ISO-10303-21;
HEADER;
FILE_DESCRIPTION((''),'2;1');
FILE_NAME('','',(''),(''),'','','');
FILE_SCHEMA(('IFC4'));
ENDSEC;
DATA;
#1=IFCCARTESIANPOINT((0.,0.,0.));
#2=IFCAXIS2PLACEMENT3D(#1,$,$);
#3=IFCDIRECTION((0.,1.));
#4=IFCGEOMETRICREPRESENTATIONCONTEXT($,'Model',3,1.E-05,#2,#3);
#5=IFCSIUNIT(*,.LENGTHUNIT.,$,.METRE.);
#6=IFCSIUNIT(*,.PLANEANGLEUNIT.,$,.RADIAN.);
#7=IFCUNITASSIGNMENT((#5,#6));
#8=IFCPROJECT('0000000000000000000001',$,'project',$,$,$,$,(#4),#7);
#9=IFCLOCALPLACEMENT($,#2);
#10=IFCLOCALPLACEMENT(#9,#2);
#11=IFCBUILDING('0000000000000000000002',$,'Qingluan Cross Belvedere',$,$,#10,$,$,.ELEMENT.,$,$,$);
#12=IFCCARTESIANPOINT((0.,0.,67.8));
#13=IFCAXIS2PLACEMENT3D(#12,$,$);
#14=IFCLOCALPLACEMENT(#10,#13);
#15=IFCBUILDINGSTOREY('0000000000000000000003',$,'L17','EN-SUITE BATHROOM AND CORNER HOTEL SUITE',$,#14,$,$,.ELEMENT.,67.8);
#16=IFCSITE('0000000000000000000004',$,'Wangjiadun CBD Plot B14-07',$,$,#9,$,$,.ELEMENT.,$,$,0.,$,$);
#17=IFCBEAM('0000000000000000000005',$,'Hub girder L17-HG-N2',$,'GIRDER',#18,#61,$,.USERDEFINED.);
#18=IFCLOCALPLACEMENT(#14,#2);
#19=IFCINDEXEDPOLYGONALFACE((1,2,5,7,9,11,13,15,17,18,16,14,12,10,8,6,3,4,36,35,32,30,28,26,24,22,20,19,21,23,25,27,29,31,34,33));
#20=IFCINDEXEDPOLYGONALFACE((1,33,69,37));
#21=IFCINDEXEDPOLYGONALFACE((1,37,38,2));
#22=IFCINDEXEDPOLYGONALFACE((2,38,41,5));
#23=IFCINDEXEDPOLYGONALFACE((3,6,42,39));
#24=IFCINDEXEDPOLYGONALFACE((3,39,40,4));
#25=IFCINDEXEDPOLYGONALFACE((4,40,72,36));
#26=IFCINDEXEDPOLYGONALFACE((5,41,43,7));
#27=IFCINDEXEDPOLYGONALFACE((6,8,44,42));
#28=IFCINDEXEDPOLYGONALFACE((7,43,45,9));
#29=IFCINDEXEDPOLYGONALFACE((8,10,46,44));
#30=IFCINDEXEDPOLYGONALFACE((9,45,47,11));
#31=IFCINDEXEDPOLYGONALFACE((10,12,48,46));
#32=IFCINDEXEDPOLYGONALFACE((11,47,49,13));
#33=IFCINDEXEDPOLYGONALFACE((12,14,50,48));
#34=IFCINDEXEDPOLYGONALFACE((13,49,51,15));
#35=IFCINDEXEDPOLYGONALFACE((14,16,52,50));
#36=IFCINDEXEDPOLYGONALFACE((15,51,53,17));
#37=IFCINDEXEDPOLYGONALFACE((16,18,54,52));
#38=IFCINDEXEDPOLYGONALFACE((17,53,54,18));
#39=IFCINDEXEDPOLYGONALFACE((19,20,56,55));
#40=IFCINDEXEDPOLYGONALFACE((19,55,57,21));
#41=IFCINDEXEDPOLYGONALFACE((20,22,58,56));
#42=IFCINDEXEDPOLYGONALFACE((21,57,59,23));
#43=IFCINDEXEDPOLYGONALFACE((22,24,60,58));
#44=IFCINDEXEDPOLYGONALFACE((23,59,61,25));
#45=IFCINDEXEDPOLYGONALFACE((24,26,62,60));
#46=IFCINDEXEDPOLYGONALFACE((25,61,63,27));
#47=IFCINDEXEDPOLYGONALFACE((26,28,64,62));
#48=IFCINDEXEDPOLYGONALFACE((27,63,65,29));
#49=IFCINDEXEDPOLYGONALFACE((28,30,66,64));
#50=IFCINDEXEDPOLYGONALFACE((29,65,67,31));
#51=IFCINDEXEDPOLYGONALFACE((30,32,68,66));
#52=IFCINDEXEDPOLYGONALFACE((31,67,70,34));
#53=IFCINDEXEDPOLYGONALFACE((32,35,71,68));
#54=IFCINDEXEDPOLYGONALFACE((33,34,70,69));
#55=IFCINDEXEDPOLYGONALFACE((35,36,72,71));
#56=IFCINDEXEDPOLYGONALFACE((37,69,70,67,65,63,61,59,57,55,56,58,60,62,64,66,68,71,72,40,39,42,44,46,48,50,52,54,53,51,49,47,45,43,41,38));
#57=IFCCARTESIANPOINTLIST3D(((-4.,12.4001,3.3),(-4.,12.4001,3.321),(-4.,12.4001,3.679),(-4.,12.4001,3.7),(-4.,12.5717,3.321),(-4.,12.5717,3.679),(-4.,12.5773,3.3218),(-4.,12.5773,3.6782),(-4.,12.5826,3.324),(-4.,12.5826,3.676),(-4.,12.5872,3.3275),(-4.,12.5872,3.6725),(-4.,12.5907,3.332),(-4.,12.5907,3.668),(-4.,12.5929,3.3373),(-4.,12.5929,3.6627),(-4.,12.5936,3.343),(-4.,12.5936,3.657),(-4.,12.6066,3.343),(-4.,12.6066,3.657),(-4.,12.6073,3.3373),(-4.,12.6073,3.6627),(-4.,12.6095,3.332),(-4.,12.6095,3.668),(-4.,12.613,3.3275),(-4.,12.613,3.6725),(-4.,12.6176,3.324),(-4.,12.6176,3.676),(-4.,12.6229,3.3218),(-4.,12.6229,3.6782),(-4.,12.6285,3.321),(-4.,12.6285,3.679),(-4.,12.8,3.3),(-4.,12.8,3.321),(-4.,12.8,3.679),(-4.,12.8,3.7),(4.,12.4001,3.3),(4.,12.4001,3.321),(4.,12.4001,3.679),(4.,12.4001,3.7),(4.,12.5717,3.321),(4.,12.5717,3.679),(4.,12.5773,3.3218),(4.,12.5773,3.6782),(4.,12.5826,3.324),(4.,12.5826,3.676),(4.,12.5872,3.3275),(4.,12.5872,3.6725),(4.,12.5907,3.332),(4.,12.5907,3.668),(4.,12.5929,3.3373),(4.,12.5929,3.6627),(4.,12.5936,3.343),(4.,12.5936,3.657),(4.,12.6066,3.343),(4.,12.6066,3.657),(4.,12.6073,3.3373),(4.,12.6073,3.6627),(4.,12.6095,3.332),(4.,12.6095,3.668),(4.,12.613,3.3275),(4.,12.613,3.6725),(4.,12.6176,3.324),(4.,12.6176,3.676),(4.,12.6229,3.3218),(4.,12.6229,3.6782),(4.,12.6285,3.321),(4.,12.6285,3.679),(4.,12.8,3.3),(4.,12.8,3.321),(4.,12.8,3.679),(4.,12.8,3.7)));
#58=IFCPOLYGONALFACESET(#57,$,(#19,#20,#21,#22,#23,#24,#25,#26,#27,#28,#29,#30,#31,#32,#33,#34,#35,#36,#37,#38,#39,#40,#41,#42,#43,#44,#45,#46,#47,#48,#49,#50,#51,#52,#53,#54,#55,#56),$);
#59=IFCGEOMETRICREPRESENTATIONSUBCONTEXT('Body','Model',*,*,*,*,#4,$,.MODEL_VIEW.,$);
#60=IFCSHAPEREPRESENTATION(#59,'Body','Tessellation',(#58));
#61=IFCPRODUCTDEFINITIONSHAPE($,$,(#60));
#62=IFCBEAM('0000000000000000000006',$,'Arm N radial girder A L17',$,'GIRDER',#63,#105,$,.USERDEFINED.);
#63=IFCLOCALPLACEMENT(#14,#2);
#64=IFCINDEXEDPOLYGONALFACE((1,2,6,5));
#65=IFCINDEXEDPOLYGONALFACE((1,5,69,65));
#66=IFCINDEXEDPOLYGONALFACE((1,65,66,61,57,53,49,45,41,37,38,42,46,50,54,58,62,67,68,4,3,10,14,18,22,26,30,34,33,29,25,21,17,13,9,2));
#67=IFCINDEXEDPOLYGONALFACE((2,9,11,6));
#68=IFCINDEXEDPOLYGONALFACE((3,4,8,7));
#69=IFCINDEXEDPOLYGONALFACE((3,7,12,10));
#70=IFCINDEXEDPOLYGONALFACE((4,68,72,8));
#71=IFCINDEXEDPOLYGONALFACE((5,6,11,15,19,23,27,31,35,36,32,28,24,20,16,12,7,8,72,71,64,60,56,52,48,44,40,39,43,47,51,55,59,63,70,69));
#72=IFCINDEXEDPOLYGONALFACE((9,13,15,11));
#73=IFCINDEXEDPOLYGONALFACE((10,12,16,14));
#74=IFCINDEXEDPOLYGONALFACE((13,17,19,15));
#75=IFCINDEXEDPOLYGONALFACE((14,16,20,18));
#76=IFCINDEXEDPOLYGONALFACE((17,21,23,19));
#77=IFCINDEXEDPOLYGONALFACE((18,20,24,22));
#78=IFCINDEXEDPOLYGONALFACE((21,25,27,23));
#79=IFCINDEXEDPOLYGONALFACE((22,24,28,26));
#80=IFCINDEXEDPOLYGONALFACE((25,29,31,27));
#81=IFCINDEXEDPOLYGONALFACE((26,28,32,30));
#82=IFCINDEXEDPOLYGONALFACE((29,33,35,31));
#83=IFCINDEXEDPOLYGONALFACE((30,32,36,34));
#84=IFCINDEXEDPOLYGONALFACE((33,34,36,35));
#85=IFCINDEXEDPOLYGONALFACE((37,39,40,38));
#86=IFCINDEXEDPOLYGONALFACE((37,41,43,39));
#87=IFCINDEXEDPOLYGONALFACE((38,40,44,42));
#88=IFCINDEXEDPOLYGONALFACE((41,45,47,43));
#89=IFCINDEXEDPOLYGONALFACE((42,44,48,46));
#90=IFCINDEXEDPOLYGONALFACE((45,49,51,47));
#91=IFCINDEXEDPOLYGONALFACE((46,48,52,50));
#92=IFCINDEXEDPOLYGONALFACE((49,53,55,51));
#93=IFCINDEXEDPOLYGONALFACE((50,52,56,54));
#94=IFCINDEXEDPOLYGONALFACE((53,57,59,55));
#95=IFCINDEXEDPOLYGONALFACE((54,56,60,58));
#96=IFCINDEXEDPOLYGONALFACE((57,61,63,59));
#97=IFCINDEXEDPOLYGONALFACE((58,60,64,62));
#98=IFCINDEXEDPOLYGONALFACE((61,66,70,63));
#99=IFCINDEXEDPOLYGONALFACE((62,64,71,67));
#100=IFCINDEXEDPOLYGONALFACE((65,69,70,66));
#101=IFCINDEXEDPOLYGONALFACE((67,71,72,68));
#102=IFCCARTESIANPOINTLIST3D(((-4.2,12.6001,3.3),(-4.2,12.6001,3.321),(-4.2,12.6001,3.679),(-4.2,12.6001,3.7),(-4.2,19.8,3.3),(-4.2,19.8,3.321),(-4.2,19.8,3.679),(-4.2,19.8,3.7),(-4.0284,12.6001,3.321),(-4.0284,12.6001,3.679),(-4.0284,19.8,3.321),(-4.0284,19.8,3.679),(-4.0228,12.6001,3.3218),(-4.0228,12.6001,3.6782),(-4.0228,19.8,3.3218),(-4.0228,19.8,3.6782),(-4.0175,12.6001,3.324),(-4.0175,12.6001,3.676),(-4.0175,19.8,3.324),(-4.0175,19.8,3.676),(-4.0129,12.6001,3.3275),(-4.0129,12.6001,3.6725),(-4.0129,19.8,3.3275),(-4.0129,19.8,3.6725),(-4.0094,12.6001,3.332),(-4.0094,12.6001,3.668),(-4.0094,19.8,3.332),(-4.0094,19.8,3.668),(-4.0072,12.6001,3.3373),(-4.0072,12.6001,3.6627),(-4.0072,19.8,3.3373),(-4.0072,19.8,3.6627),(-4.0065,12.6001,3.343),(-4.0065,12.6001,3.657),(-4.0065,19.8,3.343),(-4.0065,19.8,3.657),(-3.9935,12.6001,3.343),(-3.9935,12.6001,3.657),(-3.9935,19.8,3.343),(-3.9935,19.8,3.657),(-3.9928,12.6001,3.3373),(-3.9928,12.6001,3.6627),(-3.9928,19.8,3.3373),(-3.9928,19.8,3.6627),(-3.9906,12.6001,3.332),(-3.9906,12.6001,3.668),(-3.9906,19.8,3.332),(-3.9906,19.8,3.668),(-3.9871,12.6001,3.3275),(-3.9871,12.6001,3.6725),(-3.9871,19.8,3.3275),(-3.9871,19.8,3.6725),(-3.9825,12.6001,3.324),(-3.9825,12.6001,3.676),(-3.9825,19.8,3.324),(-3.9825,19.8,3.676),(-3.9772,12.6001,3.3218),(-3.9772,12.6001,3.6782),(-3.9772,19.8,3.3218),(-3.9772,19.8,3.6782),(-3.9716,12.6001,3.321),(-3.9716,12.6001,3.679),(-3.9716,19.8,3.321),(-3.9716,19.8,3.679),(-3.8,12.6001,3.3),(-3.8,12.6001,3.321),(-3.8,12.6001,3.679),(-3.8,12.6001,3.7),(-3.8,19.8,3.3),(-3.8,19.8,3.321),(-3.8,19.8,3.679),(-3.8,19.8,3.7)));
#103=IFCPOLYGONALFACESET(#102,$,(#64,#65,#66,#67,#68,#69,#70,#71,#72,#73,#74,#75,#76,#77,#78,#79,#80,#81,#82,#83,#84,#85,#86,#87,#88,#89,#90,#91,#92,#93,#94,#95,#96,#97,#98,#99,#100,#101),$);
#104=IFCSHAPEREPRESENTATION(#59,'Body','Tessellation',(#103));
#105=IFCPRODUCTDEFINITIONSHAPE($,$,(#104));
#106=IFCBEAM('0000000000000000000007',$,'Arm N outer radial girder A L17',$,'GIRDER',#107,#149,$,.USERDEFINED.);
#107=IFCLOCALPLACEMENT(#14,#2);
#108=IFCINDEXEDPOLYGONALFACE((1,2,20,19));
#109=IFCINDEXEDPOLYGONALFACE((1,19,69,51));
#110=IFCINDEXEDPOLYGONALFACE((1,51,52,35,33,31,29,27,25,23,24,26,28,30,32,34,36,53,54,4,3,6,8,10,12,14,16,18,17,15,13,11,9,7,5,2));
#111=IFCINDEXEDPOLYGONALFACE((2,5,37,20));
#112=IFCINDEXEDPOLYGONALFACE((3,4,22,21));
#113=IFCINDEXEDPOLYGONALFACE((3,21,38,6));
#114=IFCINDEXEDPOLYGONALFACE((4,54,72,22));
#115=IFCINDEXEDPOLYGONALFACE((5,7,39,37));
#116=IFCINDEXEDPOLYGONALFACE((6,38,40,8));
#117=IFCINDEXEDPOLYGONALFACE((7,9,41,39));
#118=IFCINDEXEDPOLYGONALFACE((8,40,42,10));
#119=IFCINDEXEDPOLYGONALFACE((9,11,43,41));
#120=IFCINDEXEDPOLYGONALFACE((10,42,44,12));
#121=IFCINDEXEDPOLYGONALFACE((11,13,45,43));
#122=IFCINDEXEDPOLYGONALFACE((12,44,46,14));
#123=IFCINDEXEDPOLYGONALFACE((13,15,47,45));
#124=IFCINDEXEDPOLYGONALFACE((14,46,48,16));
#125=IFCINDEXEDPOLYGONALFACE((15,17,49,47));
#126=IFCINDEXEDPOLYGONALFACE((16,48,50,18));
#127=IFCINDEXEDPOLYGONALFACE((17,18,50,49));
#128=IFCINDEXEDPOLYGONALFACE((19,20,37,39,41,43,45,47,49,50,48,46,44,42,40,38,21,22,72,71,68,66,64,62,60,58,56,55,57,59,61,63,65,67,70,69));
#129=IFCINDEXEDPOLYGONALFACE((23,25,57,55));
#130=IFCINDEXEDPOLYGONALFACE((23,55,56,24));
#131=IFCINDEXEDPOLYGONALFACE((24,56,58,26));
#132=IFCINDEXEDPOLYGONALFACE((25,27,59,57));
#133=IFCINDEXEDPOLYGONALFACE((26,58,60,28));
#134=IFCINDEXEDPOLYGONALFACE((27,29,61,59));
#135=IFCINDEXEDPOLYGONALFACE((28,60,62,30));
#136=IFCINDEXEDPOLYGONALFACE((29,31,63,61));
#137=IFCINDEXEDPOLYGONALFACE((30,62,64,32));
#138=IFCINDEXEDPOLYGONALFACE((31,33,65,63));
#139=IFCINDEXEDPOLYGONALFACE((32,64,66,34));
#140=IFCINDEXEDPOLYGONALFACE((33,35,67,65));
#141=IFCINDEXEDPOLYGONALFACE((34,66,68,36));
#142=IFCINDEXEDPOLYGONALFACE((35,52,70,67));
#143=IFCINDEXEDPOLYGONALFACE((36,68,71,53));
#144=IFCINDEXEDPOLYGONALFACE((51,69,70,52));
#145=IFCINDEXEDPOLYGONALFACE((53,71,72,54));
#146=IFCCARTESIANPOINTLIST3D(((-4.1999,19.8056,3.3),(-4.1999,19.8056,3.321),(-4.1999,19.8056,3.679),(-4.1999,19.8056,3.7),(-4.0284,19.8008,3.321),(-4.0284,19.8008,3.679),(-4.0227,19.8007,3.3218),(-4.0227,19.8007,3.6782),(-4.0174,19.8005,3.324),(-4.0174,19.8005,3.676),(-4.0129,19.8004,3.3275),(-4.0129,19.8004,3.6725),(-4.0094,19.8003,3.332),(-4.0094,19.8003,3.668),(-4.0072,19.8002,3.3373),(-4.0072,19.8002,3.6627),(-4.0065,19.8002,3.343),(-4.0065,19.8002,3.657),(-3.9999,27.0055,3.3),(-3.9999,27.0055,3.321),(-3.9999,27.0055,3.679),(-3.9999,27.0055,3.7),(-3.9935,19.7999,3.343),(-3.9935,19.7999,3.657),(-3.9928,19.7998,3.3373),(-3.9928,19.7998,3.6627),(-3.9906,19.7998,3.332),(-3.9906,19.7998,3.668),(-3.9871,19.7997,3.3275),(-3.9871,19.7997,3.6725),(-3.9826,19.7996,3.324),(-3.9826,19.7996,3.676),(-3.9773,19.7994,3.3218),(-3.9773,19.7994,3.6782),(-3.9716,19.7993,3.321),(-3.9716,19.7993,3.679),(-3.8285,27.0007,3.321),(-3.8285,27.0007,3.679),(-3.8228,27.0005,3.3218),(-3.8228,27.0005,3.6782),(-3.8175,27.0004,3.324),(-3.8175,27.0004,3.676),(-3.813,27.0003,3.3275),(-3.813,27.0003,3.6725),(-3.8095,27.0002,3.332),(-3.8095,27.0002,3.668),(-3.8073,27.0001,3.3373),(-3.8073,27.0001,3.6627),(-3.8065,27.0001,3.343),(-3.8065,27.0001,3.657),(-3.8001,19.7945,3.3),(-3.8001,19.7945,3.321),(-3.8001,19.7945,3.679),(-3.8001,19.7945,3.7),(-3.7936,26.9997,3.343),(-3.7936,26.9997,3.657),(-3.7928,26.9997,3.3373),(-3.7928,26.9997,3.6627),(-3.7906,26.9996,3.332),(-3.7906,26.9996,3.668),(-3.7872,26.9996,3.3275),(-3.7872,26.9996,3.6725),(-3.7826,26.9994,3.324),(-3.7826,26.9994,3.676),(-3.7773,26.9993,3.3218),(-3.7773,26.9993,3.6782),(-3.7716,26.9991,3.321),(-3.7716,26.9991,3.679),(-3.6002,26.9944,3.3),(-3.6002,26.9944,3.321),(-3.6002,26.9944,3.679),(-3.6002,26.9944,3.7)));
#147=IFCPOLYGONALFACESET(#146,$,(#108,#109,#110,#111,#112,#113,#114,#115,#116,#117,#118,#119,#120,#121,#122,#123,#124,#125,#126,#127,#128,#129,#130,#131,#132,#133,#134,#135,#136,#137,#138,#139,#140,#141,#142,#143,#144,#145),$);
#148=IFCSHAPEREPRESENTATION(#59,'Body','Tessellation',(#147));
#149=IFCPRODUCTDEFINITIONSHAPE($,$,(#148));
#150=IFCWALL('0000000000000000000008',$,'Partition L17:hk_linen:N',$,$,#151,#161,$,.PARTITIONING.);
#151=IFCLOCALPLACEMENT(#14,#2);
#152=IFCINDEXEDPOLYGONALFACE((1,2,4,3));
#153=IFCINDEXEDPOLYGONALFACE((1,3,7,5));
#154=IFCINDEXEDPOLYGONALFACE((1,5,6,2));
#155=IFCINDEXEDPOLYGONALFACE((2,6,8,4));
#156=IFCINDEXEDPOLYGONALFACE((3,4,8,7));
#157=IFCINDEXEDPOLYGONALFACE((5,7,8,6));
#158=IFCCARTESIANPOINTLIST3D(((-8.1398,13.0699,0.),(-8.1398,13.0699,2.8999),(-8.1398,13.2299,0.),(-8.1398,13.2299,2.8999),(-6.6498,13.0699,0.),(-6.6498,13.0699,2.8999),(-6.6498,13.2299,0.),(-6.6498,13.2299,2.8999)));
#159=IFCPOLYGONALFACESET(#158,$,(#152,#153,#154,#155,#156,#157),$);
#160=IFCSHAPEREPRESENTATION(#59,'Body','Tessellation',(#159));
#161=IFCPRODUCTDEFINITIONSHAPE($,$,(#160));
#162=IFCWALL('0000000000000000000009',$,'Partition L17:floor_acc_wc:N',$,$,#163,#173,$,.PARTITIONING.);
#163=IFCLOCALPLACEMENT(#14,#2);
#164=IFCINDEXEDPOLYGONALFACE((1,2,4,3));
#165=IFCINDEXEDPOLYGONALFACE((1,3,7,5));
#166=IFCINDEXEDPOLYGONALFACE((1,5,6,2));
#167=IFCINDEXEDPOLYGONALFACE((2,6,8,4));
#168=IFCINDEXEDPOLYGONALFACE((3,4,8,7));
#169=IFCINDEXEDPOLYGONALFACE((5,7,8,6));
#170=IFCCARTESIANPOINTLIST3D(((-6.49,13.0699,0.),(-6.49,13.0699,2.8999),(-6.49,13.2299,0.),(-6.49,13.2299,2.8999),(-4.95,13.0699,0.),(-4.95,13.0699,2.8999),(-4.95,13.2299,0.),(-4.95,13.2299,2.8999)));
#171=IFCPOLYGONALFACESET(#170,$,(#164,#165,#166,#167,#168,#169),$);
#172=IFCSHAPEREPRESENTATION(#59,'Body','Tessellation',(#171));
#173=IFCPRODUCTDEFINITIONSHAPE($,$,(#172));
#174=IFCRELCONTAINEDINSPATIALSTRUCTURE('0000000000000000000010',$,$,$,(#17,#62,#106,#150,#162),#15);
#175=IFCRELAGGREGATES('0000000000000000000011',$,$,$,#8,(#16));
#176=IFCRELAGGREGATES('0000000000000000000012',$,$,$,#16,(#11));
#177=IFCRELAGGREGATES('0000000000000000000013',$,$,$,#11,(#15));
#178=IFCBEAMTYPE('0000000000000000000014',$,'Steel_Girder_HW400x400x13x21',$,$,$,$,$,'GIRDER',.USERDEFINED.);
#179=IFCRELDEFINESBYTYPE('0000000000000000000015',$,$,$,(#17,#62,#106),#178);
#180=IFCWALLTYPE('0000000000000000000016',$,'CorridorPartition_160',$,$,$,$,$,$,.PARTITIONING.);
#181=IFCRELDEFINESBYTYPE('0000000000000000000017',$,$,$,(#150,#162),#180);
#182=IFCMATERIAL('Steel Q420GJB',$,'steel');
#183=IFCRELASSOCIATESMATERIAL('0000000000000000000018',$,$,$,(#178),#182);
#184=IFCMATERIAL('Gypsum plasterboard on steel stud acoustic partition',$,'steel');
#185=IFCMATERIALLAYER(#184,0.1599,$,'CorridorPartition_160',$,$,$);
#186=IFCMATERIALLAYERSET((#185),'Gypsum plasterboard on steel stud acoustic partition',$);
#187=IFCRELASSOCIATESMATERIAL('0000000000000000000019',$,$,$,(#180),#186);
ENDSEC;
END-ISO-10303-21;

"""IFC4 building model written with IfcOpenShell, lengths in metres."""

from ifc_helpers import new_model, si_unit, direction, frame, frame_2d, origin, origin_2d, place, context, subcontext, project, spatial, rectangle, i_section, extrude, material, layer, layer_set, material_profile, profile_set, type_object, element, save


model = new_model("IFC4")

# Units and contexts
model_context = context("Model", 3, precision=1e-05, world=origin(), true_north=direction((0.0, 1.0)))
body_context = subcontext(model_context, "Body", "Model", "MODEL_VIEW")
ifc_project = project(units=[si_unit("LENGTHUNIT", "METRE"), si_unit("PLANEANGLEUNIT", "RADIAN")], contexts=[model_context])

# Site, building, storey
site_placement = place(None, origin())
site = spatial("IfcSite", under=ifc_project, at=site_placement, Name="Wangjiadun CBD Plot B14-07", CompositionType="ELEMENT", RefElevation=0.0)
building_placement = place(site_placement, origin())
building = spatial("IfcBuilding", under=site, at=building_placement, Name="Qingluan Cross Belvedere", CompositionType="ELEMENT")
storey_placement = place(building_placement, frame((0.0, 0.0, 67.8)))
storey = spatial("IfcBuildingStorey", under=building, at=storey_placement, Name="L17", Description="EN-SUITE BATHROOM AND CORNER HOTEL SUITE", CompositionType="ELEMENT", Elevation=67.8)

# Beams
ifc_material_1 = material(Name="Steel Q420GJB", Category="steel")
ifc_material_profile_1 = material_profile(ifc_material_1, i_section(OverallWidth=0.3999, OverallDepth=0.3999, WebThickness=0.0129, FlangeThickness=0.021, FilletRadius=0.022, at=origin_2d()), Name="HW400x400x13x21")
ifc_profile_set_1 = profile_set([ifc_material_profile_1], Name="Steel Q420GJB")
beam_type_1 = type_object("IfcBeamType", Name="Steel_Girder_HW400x400x13x21", ElementType="GIRDER", PredefinedType="USERDEFINED", material=ifc_profile_set_1)
beam_1_placement = place(storey_placement, frame((-4.0, 12.6001, 3.5), z_axis=(1.0, 0.0, 0.0), x_axis=(0.0, 1.0, 0.0)))
element("IfcBeam", 1, at=beam_1_placement, inside=storey, type_object=beam_type_1, Name="Hub girder L17-HG-N2", ObjectType="GIRDER", PredefinedType="USERDEFINED", context=body_context, shape_type="SweptSolid", body=[
    extrude(i_section(OverallWidth=0.3999, OverallDepth=0.3999, WebThickness=0.0129, FlangeThickness=0.021, FilletRadius=0.022, at=origin_2d()), origin(), (0.0, 0.0, 1.0), 8.0),
])
beam_2_placement = place(storey_placement, frame((-4.0, 12.6001, 3.5), z_axis=(0.0, 1.0, 0.0), x_axis=(-1.0, 0.0, 0.0)))
element("IfcBeam", 2, at=beam_2_placement, inside=storey, type_object=beam_type_1, Name="Arm N radial girder A L17", ObjectType="GIRDER", PredefinedType="USERDEFINED", context=body_context, shape_type="SweptSolid", body=[
    extrude(i_section(OverallWidth=0.3999, OverallDepth=0.3999, WebThickness=0.0129, FlangeThickness=0.021, FilletRadius=0.022, at=origin_2d()), origin(), (0.0, 0.0, 1.0), 7.2),
])
beam_3_placement = place(storey_placement, frame((-4.0, 19.8, 3.5), z_axis=(0.02776, 0.999615, 0.0), x_axis=(-0.999615, 0.02776, 0.0)))
element("IfcBeam", 3, at=beam_3_placement, inside=storey, type_object=beam_type_1, Name="Arm N outer radial girder A L17", ObjectType="GIRDER", PredefinedType="USERDEFINED", context=body_context, shape_type="SweptSolid", body=[
    extrude(i_section(OverallWidth=0.3999, OverallDepth=0.3999, WebThickness=0.0129, FlangeThickness=0.021, FilletRadius=0.022, at=origin_2d()), origin(), (0.0, 0.0, 1.0), 7.2026),
])

# Walls
ifc_material_2 = material(Name="Gypsum plasterboard on steel stud acoustic partition", Category="steel")
ifc_layer_1 = layer(ifc_material_2, 0.1599, Name="CorridorPartition_160")
ifc_layer_set_1 = layer_set([ifc_layer_1], Name="Gypsum plasterboard on steel stud acoustic partition")
wall_type_1 = type_object("IfcWallType", Name="CorridorPartition_160", PredefinedType="PARTITIONING", material=ifc_layer_set_1)
wall_1_placement = place(storey_placement, frame((-8.1399, 13.1499, 0.0), z_axis=(0.0, 0.0, 1.0), x_axis=(1.0, 0.0, 0.0)))
element("IfcWall", 4, at=wall_1_placement, inside=storey, type_object=wall_type_1, Name="Partition L17:hk_linen:N", PredefinedType="PARTITIONING", context=body_context, shape_type="SweptSolid", body=[
    extrude(rectangle(XDim=1.49, YDim=0.1599, at=frame_2d((0.7451, 0.0))), origin(), (0.0, 0.0, 1.0), 2.8999),
])
wall_2_placement = place(storey_placement, frame((-6.49, 13.1499, 0.0), z_axis=(0.0, 0.0, 1.0), x_axis=(1.0, 0.0, 0.0)))
element("IfcWall", 5, at=wall_2_placement, inside=storey, type_object=wall_type_1, Name="Partition L17:floor_acc_wc:N", PredefinedType="PARTITIONING", context=body_context, shape_type="SweptSolid", body=[
    extrude(rectangle(XDim=1.54, YDim=0.1599, at=frame_2d((0.77, 0.0))), origin(), (0.0, 0.0, 1.0), 2.8999),
])

save(model, "model.ifc")
